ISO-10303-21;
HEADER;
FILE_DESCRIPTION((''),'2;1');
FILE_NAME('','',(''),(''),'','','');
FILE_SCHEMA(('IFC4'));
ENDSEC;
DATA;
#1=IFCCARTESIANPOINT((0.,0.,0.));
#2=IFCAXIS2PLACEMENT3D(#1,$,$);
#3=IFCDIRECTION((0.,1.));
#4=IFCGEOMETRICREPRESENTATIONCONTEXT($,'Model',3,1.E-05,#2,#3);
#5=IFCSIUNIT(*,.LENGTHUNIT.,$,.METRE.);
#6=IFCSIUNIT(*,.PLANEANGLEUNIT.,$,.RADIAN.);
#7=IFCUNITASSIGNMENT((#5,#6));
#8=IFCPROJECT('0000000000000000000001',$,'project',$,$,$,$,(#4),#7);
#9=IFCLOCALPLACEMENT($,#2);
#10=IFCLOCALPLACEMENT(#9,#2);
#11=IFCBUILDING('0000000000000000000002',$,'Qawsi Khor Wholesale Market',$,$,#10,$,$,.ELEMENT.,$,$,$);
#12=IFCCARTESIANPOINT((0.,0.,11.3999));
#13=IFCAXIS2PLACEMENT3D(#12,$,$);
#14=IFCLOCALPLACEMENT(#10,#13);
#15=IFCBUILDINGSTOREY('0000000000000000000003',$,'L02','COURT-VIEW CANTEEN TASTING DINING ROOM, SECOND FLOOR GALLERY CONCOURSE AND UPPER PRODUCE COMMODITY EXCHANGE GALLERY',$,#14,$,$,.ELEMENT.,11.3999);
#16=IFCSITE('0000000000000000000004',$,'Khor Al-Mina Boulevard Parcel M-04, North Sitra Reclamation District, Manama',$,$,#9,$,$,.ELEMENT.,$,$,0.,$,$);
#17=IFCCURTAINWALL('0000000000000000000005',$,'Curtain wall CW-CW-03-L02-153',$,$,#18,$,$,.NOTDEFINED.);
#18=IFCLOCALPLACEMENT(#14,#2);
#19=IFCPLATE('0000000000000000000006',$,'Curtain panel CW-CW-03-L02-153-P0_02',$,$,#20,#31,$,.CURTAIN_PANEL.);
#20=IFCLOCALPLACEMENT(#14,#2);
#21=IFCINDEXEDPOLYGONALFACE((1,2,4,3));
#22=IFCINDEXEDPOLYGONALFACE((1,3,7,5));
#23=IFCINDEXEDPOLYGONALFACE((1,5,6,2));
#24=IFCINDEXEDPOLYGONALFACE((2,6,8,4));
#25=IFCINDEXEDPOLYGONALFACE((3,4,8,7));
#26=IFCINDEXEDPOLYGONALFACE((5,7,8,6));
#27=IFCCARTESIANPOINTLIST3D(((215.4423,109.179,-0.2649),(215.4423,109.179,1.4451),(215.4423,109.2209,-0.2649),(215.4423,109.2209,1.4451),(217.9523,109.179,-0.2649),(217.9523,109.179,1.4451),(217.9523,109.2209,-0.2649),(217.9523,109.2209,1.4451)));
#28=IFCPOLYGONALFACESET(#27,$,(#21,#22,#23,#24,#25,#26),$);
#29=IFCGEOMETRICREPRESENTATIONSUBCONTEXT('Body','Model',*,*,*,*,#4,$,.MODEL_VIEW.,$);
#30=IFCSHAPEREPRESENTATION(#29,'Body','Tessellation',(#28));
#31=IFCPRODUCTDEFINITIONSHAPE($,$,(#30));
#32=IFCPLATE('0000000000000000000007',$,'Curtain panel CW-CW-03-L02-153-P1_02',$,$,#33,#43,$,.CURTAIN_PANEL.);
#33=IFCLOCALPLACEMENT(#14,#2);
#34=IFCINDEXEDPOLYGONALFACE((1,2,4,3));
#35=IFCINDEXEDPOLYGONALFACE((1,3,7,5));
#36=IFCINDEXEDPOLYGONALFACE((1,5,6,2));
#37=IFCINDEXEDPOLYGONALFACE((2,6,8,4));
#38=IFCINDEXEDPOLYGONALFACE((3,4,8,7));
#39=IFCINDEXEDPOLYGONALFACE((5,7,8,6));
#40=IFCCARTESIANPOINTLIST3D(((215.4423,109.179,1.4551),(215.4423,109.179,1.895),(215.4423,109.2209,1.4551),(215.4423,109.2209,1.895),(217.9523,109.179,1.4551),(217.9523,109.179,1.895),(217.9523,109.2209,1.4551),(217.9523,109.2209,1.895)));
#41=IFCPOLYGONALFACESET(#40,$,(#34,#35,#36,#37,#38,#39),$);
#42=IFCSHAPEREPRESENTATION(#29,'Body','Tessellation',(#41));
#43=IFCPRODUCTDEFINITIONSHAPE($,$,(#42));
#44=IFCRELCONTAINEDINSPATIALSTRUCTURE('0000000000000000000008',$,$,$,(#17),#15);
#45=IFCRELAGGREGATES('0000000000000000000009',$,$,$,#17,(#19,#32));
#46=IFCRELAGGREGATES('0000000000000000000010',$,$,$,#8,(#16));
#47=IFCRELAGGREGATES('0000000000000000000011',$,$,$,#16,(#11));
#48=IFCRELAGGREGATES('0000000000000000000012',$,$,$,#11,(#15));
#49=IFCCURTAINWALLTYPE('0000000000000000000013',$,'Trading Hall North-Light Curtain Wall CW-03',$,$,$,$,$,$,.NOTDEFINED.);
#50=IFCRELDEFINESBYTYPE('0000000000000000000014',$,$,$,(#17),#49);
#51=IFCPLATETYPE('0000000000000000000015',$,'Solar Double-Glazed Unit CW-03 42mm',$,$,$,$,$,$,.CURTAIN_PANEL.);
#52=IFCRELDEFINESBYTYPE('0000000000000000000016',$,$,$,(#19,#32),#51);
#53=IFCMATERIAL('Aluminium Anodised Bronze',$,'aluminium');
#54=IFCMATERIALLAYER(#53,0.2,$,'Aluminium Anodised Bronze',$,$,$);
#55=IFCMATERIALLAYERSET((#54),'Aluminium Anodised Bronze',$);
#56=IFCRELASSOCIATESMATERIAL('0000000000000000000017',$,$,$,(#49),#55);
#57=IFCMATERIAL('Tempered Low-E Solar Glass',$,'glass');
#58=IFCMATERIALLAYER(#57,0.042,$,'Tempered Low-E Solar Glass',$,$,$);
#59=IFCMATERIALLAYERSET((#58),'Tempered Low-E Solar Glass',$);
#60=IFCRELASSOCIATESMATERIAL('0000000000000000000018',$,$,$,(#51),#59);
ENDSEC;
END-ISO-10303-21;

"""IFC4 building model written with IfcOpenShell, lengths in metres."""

from ifc_helpers import new_model, si_unit, direction, frame, frame_2d, origin, place, context, subcontext, project, spatial, rectangle, extrude, material, layer, layer_set, type_object, element, aggregate, save


model = new_model("IFC4")

# Units and contexts
model_context = context("Model", 3, precision=1e-05, world=origin(), true_north=direction((0.0, 1.0)))
body_context = subcontext(model_context, "Body", "Model", "MODEL_VIEW")
ifc_project = project(units=[si_unit("LENGTHUNIT", "METRE"), si_unit("PLANEANGLEUNIT", "RADIAN")], contexts=[model_context])

# Site, building, storey
site_placement = place(None, origin())
site = spatial("IfcSite", under=ifc_project, at=site_placement, Name="Khor Al-Mina Boulevard Parcel M-04, North Sitra Reclamation District, Manama", CompositionType="ELEMENT", RefElevation=0.0)
building_placement = place(site_placement, origin())
building = spatial("IfcBuilding", under=site, at=building_placement, Name="Qawsi Khor Wholesale Market", CompositionType="ELEMENT")
storey_placement = place(building_placement, frame((0.0, 0.0, 11.3999)))
storey = spatial("IfcBuildingStorey", under=building, at=storey_placement, Name="L02", Description="COURT-VIEW CANTEEN TASTING DINING ROOM, SECOND FLOOR GALLERY CONCOURSE AND UPPER PRODUCE COMMODITY EXCHANGE GALLERY", CompositionType="ELEMENT", Elevation=11.3999)

# Shared definitions
ifc_material_1 = material(Name="Aluminium Anodised Bronze", Category="aluminium")
ifc_layer_1 = layer(ifc_material_1, 0.2, Name="Aluminium Anodised Bronze")
ifc_layer_set_1 = layer_set([ifc_layer_1], Name="Aluminium Anodised Bronze")
curtain_wall_type = type_object("IfcCurtainWallType", Name="Trading Hall North-Light Curtain Wall CW-03", PredefinedType="NOTDEFINED", material=ifc_layer_set_1)

# Curtain wall
curtain_wall_1_placement = place(storey_placement, origin())
curtain_wall_1 = element("IfcCurtainWall", 1, at=curtain_wall_1_placement, inside=storey, type_object=curtain_wall_type, Name="Curtain wall CW-CW-03-L02-153", PredefinedType="NOTDEFINED")

# Plates
ifc_material_2 = material(Name="Tempered Low-E Solar Glass", Category="glass")
ifc_layer_2 = layer(ifc_material_2, 0.042, Name="Tempered Low-E Solar Glass")
ifc_layer_set_2 = layer_set([ifc_layer_2], Name="Tempered Low-E Solar Glass")
plate_type = type_object("IfcPlateType", Name="Solar Double-Glazed Unit CW-03 42mm", PredefinedType="CURTAIN_PANEL", material=ifc_layer_set_2)
plate_1_placement = place(storey_placement, frame((215.4424, 109.2, -0.2649), z_axis=(0.0, 0.0, 1.0), x_axis=(1.0, 0.0, 0.0)))
plate_1 = element("IfcPlate", 2, at=plate_1_placement, type_object=plate_type, Name="Curtain panel CW-CW-03-L02-153-P0_02", PredefinedType="CURTAIN_PANEL", context=body_context, shape_type="SweptSolid", body=[
    extrude(rectangle(XDim=2.51, YDim=0.042, at=frame_2d((1.2549, 0.0))), origin(), (0.0, 0.0, 1.0), 1.71),
])
plate_2_placement = place(storey_placement, frame((215.4424, 109.2, 1.4551), z_axis=(0.0, 0.0, 1.0), x_axis=(1.0, 0.0, 0.0)))
plate_2 = element("IfcPlate", 3, at=plate_2_placement, type_object=plate_type, Name="Curtain panel CW-CW-03-L02-153-P1_02", PredefinedType="CURTAIN_PANEL", context=body_context, shape_type="SweptSolid", body=[
    extrude(rectangle(XDim=2.51, YDim=0.042, at=frame_2d((1.2549, 0.0))), origin(), (0.0, 0.0, 1.0), 0.4399),
])
aggregate(curtain_wall_1, [plate_1, plate_2])

save(model, "model.ifc")
